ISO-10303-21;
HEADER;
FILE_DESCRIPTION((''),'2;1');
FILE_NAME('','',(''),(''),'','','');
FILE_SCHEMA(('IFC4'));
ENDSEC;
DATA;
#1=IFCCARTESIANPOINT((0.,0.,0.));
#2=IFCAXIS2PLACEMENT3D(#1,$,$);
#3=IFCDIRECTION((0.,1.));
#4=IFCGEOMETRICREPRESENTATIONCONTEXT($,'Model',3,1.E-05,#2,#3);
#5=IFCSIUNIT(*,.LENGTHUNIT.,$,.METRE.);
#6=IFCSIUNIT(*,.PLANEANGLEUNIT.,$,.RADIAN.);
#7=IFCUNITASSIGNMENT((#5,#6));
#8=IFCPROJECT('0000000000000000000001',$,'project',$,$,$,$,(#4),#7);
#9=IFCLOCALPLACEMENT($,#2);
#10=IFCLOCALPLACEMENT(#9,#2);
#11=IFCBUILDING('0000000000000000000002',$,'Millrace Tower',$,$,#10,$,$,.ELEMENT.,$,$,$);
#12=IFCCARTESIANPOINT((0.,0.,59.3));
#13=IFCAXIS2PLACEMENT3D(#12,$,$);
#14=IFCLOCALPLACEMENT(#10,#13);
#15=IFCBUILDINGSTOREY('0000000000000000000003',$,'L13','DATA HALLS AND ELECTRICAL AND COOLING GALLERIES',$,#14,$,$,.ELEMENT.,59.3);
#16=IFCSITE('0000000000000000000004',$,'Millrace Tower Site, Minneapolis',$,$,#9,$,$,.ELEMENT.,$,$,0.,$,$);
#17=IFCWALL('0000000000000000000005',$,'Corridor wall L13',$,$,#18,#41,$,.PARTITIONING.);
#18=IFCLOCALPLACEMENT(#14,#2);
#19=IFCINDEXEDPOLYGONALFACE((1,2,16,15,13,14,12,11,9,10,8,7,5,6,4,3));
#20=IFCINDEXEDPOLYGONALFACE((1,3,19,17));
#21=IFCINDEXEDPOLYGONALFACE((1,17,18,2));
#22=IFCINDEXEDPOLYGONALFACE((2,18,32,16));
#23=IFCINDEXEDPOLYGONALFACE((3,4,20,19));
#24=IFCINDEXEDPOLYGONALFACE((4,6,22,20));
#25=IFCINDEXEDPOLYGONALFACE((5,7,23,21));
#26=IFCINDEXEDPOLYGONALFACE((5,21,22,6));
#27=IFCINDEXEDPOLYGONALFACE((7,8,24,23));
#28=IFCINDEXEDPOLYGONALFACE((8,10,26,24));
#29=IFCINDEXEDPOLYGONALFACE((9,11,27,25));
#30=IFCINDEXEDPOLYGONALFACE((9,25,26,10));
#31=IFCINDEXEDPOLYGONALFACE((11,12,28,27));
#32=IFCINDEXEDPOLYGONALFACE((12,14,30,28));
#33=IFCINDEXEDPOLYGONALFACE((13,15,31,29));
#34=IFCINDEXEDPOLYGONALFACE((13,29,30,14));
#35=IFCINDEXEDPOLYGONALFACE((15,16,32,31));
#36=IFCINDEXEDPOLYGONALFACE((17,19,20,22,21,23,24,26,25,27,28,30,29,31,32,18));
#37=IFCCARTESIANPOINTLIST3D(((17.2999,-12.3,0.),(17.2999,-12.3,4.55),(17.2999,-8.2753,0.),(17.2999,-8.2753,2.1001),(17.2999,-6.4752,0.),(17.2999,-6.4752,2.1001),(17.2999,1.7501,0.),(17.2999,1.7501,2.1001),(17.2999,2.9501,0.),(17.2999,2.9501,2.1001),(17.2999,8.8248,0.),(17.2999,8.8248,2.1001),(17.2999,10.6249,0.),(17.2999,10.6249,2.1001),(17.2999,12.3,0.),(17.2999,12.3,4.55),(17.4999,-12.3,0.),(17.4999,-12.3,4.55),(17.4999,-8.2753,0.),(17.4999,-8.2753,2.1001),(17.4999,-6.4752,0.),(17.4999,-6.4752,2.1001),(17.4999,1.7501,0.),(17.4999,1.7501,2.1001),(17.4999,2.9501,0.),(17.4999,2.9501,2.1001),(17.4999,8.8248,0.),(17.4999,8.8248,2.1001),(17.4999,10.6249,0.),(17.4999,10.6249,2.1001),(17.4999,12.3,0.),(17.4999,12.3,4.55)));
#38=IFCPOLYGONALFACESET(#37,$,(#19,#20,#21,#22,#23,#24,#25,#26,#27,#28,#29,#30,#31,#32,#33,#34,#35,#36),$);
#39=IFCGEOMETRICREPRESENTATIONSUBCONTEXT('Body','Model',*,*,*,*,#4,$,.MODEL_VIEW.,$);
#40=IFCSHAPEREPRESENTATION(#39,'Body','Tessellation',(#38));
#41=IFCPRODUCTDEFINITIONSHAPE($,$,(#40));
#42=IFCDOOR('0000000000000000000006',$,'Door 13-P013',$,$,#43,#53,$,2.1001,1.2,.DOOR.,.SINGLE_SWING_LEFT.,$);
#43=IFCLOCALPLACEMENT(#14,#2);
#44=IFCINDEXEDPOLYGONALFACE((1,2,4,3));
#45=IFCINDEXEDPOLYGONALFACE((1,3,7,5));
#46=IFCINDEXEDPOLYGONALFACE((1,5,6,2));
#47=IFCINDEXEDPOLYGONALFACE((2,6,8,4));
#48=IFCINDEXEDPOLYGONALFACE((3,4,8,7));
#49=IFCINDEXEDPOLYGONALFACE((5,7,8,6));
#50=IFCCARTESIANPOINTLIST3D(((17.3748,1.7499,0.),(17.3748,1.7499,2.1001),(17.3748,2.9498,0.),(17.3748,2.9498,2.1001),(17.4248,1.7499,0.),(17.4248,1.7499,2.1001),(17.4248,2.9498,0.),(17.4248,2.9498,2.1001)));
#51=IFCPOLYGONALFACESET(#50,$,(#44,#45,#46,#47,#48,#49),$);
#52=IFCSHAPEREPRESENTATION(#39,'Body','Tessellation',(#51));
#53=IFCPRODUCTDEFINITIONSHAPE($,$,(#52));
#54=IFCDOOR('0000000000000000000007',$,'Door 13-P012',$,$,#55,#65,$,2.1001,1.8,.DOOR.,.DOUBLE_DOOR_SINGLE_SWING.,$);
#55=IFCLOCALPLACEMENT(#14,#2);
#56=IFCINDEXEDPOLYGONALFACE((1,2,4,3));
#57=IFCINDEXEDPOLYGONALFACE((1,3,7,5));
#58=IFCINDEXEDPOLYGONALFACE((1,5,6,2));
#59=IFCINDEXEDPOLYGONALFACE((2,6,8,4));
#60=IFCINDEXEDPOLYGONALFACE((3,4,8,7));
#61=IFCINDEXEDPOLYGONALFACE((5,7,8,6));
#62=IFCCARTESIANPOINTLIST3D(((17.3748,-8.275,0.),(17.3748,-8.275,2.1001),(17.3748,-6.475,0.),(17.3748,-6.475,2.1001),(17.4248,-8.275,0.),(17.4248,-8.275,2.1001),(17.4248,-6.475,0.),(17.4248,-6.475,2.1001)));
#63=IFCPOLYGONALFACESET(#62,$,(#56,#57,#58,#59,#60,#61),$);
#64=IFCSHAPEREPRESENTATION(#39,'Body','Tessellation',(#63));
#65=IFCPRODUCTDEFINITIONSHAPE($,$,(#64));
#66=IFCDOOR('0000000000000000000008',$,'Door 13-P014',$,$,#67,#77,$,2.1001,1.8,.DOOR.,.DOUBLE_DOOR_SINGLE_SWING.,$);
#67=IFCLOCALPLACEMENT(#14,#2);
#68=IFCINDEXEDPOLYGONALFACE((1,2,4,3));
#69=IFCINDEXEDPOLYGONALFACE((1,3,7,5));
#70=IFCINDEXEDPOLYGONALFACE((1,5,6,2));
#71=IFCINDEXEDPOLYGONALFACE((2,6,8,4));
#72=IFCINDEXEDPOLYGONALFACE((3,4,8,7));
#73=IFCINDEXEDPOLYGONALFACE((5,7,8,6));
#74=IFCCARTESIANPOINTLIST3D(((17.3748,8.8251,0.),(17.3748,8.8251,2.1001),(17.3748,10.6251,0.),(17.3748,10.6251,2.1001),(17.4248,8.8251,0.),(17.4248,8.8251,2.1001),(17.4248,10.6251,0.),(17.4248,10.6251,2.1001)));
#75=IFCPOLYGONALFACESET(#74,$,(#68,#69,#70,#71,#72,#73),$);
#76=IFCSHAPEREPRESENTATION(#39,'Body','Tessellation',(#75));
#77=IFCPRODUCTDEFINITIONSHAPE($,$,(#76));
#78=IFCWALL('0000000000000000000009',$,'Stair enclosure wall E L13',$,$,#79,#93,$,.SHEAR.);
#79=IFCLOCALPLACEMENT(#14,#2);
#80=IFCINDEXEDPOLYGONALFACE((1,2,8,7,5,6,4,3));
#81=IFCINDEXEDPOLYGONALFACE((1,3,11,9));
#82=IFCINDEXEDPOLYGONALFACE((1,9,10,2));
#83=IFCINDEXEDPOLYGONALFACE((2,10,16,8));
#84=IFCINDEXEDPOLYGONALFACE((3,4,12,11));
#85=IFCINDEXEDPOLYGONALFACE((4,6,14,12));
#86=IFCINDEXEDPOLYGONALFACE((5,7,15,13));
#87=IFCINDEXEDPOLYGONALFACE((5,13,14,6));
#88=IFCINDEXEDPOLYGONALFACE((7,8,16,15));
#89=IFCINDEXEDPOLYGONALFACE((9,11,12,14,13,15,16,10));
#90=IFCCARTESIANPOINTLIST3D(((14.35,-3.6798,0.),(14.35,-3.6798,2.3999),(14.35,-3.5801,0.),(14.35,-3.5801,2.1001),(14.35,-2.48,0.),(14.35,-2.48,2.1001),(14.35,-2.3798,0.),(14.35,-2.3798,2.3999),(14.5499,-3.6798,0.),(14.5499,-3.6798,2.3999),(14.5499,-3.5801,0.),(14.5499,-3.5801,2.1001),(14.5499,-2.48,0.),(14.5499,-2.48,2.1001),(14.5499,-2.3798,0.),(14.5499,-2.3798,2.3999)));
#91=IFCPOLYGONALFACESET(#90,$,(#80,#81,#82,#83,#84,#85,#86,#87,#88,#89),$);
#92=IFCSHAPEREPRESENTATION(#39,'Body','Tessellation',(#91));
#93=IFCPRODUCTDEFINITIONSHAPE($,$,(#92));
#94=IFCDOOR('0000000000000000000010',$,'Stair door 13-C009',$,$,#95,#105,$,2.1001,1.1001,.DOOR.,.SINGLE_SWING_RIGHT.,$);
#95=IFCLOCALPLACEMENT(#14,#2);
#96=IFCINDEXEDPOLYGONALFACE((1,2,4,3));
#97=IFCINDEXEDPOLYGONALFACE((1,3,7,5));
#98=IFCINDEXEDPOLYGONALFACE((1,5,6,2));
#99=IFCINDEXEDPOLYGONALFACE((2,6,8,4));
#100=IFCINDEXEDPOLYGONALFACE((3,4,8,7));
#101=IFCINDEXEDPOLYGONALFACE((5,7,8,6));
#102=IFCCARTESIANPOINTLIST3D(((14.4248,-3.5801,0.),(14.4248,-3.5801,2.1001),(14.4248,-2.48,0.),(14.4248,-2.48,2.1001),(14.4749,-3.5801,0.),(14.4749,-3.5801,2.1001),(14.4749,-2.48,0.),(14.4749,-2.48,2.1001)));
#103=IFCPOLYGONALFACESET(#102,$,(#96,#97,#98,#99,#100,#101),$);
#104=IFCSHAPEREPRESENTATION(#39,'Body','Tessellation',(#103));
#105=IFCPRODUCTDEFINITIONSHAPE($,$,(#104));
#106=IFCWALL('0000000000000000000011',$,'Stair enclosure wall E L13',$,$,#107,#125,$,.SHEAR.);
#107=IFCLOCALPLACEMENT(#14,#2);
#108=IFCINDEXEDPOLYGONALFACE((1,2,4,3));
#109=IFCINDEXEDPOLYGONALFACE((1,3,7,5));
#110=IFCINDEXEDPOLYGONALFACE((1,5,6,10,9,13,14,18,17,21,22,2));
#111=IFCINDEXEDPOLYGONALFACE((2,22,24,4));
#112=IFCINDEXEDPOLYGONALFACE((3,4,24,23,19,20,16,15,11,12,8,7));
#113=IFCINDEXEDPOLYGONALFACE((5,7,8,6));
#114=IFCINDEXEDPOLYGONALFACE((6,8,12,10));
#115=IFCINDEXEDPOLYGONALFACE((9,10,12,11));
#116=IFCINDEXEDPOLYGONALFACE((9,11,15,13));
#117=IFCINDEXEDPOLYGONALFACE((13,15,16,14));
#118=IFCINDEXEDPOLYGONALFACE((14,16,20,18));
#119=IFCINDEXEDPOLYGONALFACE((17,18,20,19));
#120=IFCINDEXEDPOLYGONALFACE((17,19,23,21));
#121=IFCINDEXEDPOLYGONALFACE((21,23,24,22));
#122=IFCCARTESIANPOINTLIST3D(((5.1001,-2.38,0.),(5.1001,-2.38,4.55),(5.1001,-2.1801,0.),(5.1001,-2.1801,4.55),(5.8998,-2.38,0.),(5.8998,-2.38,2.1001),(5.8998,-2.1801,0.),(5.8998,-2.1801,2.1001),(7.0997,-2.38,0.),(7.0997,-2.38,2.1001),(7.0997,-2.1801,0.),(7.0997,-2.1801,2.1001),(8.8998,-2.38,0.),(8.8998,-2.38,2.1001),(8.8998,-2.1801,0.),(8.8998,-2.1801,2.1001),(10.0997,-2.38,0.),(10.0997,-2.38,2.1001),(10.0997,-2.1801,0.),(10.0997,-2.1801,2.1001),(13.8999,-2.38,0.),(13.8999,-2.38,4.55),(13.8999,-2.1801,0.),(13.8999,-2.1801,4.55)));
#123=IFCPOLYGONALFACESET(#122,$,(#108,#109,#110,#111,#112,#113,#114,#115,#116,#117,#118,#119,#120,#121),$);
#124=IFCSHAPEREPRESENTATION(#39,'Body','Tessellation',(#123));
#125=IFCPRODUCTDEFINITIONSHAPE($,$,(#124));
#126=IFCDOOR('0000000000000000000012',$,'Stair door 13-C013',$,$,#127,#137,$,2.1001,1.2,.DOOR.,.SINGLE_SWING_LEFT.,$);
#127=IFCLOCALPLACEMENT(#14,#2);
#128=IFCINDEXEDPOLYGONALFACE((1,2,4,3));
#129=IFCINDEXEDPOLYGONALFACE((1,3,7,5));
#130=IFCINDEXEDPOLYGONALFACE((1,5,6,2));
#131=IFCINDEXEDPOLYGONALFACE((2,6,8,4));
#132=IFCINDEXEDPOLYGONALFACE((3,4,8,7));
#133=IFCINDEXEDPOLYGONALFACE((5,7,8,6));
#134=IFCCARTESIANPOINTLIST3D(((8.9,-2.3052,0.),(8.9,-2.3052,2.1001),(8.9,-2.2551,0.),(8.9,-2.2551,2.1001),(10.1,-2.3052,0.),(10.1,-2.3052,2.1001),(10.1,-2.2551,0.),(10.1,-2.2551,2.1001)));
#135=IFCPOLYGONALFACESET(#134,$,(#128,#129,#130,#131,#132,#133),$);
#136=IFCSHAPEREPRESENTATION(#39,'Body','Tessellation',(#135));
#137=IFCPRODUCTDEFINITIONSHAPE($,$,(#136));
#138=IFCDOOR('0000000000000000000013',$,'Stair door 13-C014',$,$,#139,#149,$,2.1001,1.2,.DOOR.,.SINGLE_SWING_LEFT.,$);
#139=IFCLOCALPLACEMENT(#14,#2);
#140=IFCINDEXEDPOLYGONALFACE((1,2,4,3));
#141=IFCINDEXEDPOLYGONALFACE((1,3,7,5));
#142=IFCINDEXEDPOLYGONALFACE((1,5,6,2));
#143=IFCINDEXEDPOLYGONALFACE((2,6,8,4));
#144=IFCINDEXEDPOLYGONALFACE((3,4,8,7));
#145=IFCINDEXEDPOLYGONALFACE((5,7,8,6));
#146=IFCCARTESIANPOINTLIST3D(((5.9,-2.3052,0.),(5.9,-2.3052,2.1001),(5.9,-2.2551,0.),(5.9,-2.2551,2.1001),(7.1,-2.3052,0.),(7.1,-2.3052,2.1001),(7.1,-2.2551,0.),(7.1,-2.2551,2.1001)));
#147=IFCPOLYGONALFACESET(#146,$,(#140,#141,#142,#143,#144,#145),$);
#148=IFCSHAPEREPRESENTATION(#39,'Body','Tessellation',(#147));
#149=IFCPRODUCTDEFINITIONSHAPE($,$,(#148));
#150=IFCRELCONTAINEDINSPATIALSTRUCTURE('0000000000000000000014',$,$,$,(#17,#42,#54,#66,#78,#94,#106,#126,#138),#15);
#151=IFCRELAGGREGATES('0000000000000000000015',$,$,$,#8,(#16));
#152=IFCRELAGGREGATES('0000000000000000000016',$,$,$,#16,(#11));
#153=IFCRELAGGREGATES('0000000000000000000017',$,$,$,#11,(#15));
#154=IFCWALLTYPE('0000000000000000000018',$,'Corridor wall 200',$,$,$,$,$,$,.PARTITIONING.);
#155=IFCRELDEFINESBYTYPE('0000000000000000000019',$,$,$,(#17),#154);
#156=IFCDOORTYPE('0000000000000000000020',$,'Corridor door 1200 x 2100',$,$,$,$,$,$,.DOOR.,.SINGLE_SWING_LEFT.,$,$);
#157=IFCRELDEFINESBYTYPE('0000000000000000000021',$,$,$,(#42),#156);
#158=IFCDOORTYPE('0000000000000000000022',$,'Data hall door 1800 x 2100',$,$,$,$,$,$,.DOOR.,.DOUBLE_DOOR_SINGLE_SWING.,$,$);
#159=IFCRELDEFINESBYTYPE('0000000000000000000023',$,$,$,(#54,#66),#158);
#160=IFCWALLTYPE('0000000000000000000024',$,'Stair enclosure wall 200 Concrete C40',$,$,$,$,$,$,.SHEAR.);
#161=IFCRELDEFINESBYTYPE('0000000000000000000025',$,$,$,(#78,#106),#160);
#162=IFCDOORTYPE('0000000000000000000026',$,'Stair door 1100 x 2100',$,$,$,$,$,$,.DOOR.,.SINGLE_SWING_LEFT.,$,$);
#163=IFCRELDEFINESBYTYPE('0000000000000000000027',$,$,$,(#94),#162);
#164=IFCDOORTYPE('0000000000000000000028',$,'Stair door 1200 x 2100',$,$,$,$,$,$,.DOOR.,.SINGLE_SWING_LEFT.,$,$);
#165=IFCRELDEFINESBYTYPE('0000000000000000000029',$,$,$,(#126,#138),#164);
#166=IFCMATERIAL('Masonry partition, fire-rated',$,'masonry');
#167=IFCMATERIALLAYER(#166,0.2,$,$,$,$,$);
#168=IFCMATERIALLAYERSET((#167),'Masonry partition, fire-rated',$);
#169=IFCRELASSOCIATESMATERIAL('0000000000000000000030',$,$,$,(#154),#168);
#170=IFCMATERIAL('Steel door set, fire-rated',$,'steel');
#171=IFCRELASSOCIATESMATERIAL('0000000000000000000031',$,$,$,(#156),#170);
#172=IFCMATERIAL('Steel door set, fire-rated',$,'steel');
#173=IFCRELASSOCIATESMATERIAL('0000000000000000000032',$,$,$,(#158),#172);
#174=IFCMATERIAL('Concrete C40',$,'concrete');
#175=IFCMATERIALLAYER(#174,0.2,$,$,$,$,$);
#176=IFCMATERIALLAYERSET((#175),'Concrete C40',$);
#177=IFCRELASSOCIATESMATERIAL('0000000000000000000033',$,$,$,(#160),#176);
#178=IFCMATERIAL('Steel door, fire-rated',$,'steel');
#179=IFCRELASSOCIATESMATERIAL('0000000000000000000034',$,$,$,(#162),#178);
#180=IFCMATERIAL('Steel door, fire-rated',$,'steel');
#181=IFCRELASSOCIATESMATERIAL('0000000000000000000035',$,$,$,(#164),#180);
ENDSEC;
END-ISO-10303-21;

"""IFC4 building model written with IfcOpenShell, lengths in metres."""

from ifc_helpers import new_model, si_unit, direction, frame, frame_2d, origin, place, context, subcontext, project, spatial, rectangle, extrude, material, layer, layer_set, type_object, element, fill, save


model = new_model("IFC4")

# Units and contexts
model_context = context("Model", 3, precision=1e-05, world=origin(), true_north=direction((0.0, 1.0)))
body_context = subcontext(model_context, "Body", "Model", "MODEL_VIEW")
ifc_project = project(units=[si_unit("LENGTHUNIT", "METRE"), si_unit("PLANEANGLEUNIT", "RADIAN")], contexts=[model_context])

# Site, building, storey
site_placement = place(None, origin())
site = spatial("IfcSite", under=ifc_project, at=site_placement, Name="Millrace Tower Site, Minneapolis", CompositionType="ELEMENT", RefElevation=0.0)
building_placement = place(site_placement, origin())
building = spatial("IfcBuilding", under=site, at=building_placement, Name="Millrace Tower", CompositionType="ELEMENT")
storey_placement = place(building_placement, frame((0.0, 0.0, 59.3)))
storey = spatial("IfcBuildingStorey", under=building, at=storey_placement, Name="L13", Description="DATA HALLS AND ELECTRICAL AND COOLING GALLERIES", CompositionType="ELEMENT", Elevation=59.3)

# Shared definitions
ifc_material_1 = material(Name="Masonry partition, fire-rated", Category="masonry")
ifc_layer_1 = layer(ifc_material_1, 0.2)
ifc_layer_set_1 = layer_set([ifc_layer_1], Name="Masonry partition, fire-rated")
wall_type_1 = type_object("IfcWallType", Name="Corridor wall 200", PredefinedType="PARTITIONING", material=ifc_layer_set_1)

# Wall, openings, doors
wall_1_placement = place(storey_placement, frame((17.3999, -12.3, 0.0), z_axis=(0.0, 0.0, 1.0), x_axis=(0.0, 1.0, 0.0)))
wall_1 = element("IfcWall", 1, at=wall_1_placement, inside=storey, type_object=wall_type_1, Name="Corridor wall L13", PredefinedType="PARTITIONING", context=body_context, shape_type="SweptSolid", body=[
    extrude(rectangle(XDim=24.6001, YDim=0.2, at=frame_2d((12.3, 0.0))), origin(), (0.0, 0.0, 1.0), 4.55),
])
opening_1_placement = place(wall_1_placement, frame((4.0249, 0.0, 0.0)))
opening_1 = element("IfcOpeningElement", 2, at=opening_1_placement, cuts=wall_1, PredefinedType="OPENING", context=body_context, shape_type="SweptSolid", body=[
    extrude(rectangle(XDim=1.8, YDim=2.1001, at=frame_2d((0.8999, 1.05))), frame((0.0, 0.1099, 0.0), z_axis=(0.0, -1.0, 0.0), x_axis=(1.0, 0.0, 0.0)), (0.0, 0.0, 1.0), 0.22),
])
opening_2_placement = place(wall_1_placement, frame((14.05, 0.0, 0.0)))
opening_2 = element("IfcOpeningElement", 3, at=opening_2_placement, cuts=wall_1, PredefinedType="OPENING", context=body_context, shape_type="SweptSolid", body=[
    extrude(rectangle(XDim=1.2, YDim=2.1001, at=frame_2d((0.6001, 1.05))), frame((0.0, 0.1099, 0.0), z_axis=(0.0, -1.0, 0.0), x_axis=(1.0, 0.0, 0.0)), (0.0, 0.0, 1.0), 0.22),
])
opening_3_placement = place(wall_1_placement, frame((21.125, 0.0, 0.0)))
opening_3 = element("IfcOpeningElement", 4, at=opening_3_placement, cuts=wall_1, PredefinedType="OPENING", context=body_context, shape_type="SweptSolid", body=[
    extrude(rectangle(XDim=1.8, YDim=2.1001, at=frame_2d((0.8999, 1.05))), frame((0.0, 0.1099, 0.0), z_axis=(0.0, -1.0, 0.0), x_axis=(1.0, 0.0, 0.0)), (0.0, 0.0, 1.0), 0.22),
])
ifc_material_2 = material(Name="Steel door set, fire-rated", Category="steel")
door_type_1 = type_object("IfcDoorType", Name="Corridor door 1200 x 2100", OperationType="SINGLE_SWING_LEFT", PredefinedType="DOOR", material=ifc_material_2)
door_1_placement = place(opening_2_placement, frame((1.2, 0.0, 0.0), z_axis=(0.0, 0.0, 1.0), x_axis=(-1.0, 0.0, 0.0)))
door_1 = element("IfcDoor", 5, at=door_1_placement, inside=storey, type_object=door_type_1, Name="Door 13-P013", OperationType="SINGLE_SWING_LEFT", OverallHeight=2.1001, OverallWidth=1.2, PredefinedType="DOOR", context=body_context, shape_type="SweptSolid", body=[
    extrude(rectangle(XDim=1.2, YDim=2.1001, at=frame_2d((0.6001, 1.05))), frame((0.0, 0.0249, 0.0), z_axis=(0.0, -1.0, 0.0), x_axis=(1.0, 0.0, 0.0)), (0.0, 0.0, 1.0), 0.05),
])
fill(opening_2, door_1)
ifc_material_3 = material(Name="Steel door set, fire-rated", Category="steel")
door_type_2 = type_object("IfcDoorType", Name="Data hall door 1800 x 2100", OperationType="DOUBLE_DOOR_SINGLE_SWING", PredefinedType="DOOR", material=ifc_material_3)
door_2_placement = place(opening_1_placement, frame((1.8, 0.0, 0.0), z_axis=(0.0, 0.0, 1.0), x_axis=(-1.0, 0.0, 0.0)))
door_2 = element("IfcDoor", 6, at=door_2_placement, inside=storey, type_object=door_type_2, Name="Door 13-P012", OperationType="DOUBLE_DOOR_SINGLE_SWING", OverallHeight=2.1001, OverallWidth=1.8, PredefinedType="DOOR", context=body_context, shape_type="SweptSolid", body=[
    extrude(rectangle(XDim=1.8, YDim=2.1001, at=frame_2d((0.8999, 1.05))), frame((0.0, 0.0249, 0.0), z_axis=(0.0, -1.0, 0.0), x_axis=(1.0, 0.0, 0.0)), (0.0, 0.0, 1.0), 0.05),
])
fill(opening_1, door_2)
door_3_placement = place(opening_3_placement, frame((1.8, 0.0, 0.0), z_axis=(0.0, 0.0, 1.0), x_axis=(-1.0, 0.0, 0.0)))
door_3 = element("IfcDoor", 7, at=door_3_placement, inside=storey, type_object=door_type_2, Name="Door 13-P014", OperationType="DOUBLE_DOOR_SINGLE_SWING", OverallHeight=2.1001, OverallWidth=1.8, PredefinedType="DOOR", context=body_context, shape_type="SweptSolid", body=[
    extrude(rectangle(XDim=1.8, YDim=2.1001, at=frame_2d((0.8999, 1.05))), frame((0.0, 0.0249, 0.0), z_axis=(0.0, -1.0, 0.0), x_axis=(1.0, 0.0, 0.0)), (0.0, 0.0, 1.0), 0.05),
])
fill(opening_3, door_3)

# Wall, opening, door
ifc_material_4 = material(Name="Concrete C40", Category="concrete")
ifc_layer_2 = layer(ifc_material_4, 0.2)
ifc_layer_set_2 = layer_set([ifc_layer_2], Name="Concrete C40")
wall_type_2 = type_object("IfcWallType", Name="Stair enclosure wall 200 Concrete C40", PredefinedType="SHEAR", material=ifc_layer_set_2)
wall_2_placement = place(storey_placement, frame((14.45, -2.3799, 0.0), z_axis=(0.0, 0.0, 1.0), x_axis=(0.0, -1.0, 0.0)))
wall_2 = element("IfcWall", 8, at=wall_2_placement, inside=storey, type_object=wall_type_2, Name="Stair enclosure wall E L13", PredefinedType="SHEAR", context=body_context, shape_type="SweptSolid", body=[
    extrude(rectangle(XDim=1.3, YDim=0.2, at=frame_2d((0.6499, 0.0))), origin(), (0.0, 0.0, 1.0), 2.3999),
])
opening_4_placement = place(wall_2_placement, frame((0.1001, 0.0, 0.0)))
opening_4 = element("IfcOpeningElement", 9, at=opening_4_placement, cuts=wall_2, PredefinedType="OPENING", context=body_context, shape_type="SweptSolid", body=[
    extrude(rectangle(XDim=1.1001, YDim=2.1001, at=frame_2d((0.55, 1.05))), frame((0.0, 0.1099, 0.0), z_axis=(0.0, -1.0, 0.0), x_axis=(1.0, 0.0, 0.0)), (0.0, 0.0, 1.0), 0.22),
])
ifc_material_5 = material(Name="Steel door, fire-rated", Category="steel")
door_type_3 = type_object("IfcDoorType", Name="Stair door 1100 x 2100", OperationType="SINGLE_SWING_LEFT", PredefinedType="DOOR", material=ifc_material_5)
door_4_placement = place(opening_4_placement, origin())
door_4 = element("IfcDoor", 10, at=door_4_placement, inside=storey, type_object=door_type_3, Name="Stair door 13-C009", OperationType="SINGLE_SWING_RIGHT", OverallHeight=2.1001, OverallWidth=1.1001, PredefinedType="DOOR", context=body_context, shape_type="SweptSolid", body=[
    extrude(rectangle(XDim=1.1001, YDim=2.1001, at=frame_2d((0.55, 1.05))), frame((0.0, 0.0249, 0.0), z_axis=(0.0, -1.0, 0.0), x_axis=(1.0, 0.0, 0.0)), (0.0, 0.0, 1.0), 0.05),
])
fill(opening_4, door_4)

# Wall, openings, doors
wall_3_placement = place(storey_placement, frame((13.8999, -2.28, 0.0), z_axis=(0.0, 0.0, 1.0), x_axis=(-1.0, 0.0, 0.0)))
wall_3 = element("IfcWall", 11, at=wall_3_placement, inside=storey, type_object=wall_type_2, Name="Stair enclosure wall E L13", PredefinedType="SHEAR", context=body_context, shape_type="SweptSolid", body=[
    extrude(rectangle(XDim=8.7998, YDim=0.2, at=frame_2d((4.3999, 0.0))), origin(), (0.0, 0.0, 1.0), 4.55),
])
opening_5_placement = place(wall_3_placement, frame((3.8, 0.0, 0.0)))
opening_5 = element("IfcOpeningElement", 12, at=opening_5_placement, cuts=wall_3, PredefinedType="OPENING", context=body_context, shape_type="SweptSolid", body=[
    extrude(rectangle(XDim=1.2, YDim=2.1001, at=frame_2d((0.6001, 1.05))), frame((0.0, 0.1099, 0.0), z_axis=(0.0, -1.0, 0.0), x_axis=(1.0, 0.0, 0.0)), (0.0, 0.0, 1.0), 0.22),
])
opening_6_placement = place(wall_3_placement, frame((6.8, 0.0, 0.0)))
opening_6 = element("IfcOpeningElement", 13, at=opening_6_placement, cuts=wall_3, PredefinedType="OPENING", context=body_context, shape_type="SweptSolid", body=[
    extrude(rectangle(XDim=1.2, YDim=2.1001, at=frame_2d((0.6001, 1.05))), frame((0.0, 0.1099, 0.0), z_axis=(0.0, -1.0, 0.0), x_axis=(1.0, 0.0, 0.0)), (0.0, 0.0, 1.0), 0.22),
])
ifc_material_6 = material(Name="Steel door, fire-rated", Category="steel")
door_type_4 = type_object("IfcDoorType", Name="Stair door 1200 x 2100", OperationType="SINGLE_SWING_LEFT", PredefinedType="DOOR", material=ifc_material_6)
door_5_placement = place(opening_5_placement, frame((1.2, 0.0, 0.0), z_axis=(0.0, 0.0, 1.0), x_axis=(-1.0, 0.0, 0.0)))
door_5 = element("IfcDoor", 14, at=door_5_placement, inside=storey, type_object=door_type_4, Name="Stair door 13-C013", OperationType="SINGLE_SWING_LEFT", OverallHeight=2.1001, OverallWidth=1.2, PredefinedType="DOOR", context=body_context, shape_type="SweptSolid", body=[
    extrude(rectangle(XDim=1.2, YDim=2.1001, at=frame_2d((0.6001, 1.05))), frame((0.0, 0.0249, 0.0), z_axis=(0.0, -1.0, 0.0), x_axis=(1.0, 0.0, 0.0)), (0.0, 0.0, 1.0), 0.05),
])
fill(opening_5, door_5)
door_6_placement = place(opening_6_placement, frame((1.2, 0.0, 0.0), z_axis=(0.0, 0.0, 1.0), x_axis=(-1.0, 0.0, 0.0)))
door_6 = element("IfcDoor", 15, at=door_6_placement, inside=storey, type_object=door_type_4, Name="Stair door 13-C014", OperationType="SINGLE_SWING_LEFT", OverallHeight=2.1001, OverallWidth=1.2, PredefinedType="DOOR", context=body_context, shape_type="SweptSolid", body=[
    extrude(rectangle(XDim=1.2, YDim=2.1001, at=frame_2d((0.6001, 1.05))), frame((0.0, 0.0249, 0.0), z_axis=(0.0, -1.0, 0.0), x_axis=(1.0, 0.0, 0.0)), (0.0, 0.0, 1.0), 0.05),
])
fill(opening_6, door_6)

save(model, "model.ifc")
